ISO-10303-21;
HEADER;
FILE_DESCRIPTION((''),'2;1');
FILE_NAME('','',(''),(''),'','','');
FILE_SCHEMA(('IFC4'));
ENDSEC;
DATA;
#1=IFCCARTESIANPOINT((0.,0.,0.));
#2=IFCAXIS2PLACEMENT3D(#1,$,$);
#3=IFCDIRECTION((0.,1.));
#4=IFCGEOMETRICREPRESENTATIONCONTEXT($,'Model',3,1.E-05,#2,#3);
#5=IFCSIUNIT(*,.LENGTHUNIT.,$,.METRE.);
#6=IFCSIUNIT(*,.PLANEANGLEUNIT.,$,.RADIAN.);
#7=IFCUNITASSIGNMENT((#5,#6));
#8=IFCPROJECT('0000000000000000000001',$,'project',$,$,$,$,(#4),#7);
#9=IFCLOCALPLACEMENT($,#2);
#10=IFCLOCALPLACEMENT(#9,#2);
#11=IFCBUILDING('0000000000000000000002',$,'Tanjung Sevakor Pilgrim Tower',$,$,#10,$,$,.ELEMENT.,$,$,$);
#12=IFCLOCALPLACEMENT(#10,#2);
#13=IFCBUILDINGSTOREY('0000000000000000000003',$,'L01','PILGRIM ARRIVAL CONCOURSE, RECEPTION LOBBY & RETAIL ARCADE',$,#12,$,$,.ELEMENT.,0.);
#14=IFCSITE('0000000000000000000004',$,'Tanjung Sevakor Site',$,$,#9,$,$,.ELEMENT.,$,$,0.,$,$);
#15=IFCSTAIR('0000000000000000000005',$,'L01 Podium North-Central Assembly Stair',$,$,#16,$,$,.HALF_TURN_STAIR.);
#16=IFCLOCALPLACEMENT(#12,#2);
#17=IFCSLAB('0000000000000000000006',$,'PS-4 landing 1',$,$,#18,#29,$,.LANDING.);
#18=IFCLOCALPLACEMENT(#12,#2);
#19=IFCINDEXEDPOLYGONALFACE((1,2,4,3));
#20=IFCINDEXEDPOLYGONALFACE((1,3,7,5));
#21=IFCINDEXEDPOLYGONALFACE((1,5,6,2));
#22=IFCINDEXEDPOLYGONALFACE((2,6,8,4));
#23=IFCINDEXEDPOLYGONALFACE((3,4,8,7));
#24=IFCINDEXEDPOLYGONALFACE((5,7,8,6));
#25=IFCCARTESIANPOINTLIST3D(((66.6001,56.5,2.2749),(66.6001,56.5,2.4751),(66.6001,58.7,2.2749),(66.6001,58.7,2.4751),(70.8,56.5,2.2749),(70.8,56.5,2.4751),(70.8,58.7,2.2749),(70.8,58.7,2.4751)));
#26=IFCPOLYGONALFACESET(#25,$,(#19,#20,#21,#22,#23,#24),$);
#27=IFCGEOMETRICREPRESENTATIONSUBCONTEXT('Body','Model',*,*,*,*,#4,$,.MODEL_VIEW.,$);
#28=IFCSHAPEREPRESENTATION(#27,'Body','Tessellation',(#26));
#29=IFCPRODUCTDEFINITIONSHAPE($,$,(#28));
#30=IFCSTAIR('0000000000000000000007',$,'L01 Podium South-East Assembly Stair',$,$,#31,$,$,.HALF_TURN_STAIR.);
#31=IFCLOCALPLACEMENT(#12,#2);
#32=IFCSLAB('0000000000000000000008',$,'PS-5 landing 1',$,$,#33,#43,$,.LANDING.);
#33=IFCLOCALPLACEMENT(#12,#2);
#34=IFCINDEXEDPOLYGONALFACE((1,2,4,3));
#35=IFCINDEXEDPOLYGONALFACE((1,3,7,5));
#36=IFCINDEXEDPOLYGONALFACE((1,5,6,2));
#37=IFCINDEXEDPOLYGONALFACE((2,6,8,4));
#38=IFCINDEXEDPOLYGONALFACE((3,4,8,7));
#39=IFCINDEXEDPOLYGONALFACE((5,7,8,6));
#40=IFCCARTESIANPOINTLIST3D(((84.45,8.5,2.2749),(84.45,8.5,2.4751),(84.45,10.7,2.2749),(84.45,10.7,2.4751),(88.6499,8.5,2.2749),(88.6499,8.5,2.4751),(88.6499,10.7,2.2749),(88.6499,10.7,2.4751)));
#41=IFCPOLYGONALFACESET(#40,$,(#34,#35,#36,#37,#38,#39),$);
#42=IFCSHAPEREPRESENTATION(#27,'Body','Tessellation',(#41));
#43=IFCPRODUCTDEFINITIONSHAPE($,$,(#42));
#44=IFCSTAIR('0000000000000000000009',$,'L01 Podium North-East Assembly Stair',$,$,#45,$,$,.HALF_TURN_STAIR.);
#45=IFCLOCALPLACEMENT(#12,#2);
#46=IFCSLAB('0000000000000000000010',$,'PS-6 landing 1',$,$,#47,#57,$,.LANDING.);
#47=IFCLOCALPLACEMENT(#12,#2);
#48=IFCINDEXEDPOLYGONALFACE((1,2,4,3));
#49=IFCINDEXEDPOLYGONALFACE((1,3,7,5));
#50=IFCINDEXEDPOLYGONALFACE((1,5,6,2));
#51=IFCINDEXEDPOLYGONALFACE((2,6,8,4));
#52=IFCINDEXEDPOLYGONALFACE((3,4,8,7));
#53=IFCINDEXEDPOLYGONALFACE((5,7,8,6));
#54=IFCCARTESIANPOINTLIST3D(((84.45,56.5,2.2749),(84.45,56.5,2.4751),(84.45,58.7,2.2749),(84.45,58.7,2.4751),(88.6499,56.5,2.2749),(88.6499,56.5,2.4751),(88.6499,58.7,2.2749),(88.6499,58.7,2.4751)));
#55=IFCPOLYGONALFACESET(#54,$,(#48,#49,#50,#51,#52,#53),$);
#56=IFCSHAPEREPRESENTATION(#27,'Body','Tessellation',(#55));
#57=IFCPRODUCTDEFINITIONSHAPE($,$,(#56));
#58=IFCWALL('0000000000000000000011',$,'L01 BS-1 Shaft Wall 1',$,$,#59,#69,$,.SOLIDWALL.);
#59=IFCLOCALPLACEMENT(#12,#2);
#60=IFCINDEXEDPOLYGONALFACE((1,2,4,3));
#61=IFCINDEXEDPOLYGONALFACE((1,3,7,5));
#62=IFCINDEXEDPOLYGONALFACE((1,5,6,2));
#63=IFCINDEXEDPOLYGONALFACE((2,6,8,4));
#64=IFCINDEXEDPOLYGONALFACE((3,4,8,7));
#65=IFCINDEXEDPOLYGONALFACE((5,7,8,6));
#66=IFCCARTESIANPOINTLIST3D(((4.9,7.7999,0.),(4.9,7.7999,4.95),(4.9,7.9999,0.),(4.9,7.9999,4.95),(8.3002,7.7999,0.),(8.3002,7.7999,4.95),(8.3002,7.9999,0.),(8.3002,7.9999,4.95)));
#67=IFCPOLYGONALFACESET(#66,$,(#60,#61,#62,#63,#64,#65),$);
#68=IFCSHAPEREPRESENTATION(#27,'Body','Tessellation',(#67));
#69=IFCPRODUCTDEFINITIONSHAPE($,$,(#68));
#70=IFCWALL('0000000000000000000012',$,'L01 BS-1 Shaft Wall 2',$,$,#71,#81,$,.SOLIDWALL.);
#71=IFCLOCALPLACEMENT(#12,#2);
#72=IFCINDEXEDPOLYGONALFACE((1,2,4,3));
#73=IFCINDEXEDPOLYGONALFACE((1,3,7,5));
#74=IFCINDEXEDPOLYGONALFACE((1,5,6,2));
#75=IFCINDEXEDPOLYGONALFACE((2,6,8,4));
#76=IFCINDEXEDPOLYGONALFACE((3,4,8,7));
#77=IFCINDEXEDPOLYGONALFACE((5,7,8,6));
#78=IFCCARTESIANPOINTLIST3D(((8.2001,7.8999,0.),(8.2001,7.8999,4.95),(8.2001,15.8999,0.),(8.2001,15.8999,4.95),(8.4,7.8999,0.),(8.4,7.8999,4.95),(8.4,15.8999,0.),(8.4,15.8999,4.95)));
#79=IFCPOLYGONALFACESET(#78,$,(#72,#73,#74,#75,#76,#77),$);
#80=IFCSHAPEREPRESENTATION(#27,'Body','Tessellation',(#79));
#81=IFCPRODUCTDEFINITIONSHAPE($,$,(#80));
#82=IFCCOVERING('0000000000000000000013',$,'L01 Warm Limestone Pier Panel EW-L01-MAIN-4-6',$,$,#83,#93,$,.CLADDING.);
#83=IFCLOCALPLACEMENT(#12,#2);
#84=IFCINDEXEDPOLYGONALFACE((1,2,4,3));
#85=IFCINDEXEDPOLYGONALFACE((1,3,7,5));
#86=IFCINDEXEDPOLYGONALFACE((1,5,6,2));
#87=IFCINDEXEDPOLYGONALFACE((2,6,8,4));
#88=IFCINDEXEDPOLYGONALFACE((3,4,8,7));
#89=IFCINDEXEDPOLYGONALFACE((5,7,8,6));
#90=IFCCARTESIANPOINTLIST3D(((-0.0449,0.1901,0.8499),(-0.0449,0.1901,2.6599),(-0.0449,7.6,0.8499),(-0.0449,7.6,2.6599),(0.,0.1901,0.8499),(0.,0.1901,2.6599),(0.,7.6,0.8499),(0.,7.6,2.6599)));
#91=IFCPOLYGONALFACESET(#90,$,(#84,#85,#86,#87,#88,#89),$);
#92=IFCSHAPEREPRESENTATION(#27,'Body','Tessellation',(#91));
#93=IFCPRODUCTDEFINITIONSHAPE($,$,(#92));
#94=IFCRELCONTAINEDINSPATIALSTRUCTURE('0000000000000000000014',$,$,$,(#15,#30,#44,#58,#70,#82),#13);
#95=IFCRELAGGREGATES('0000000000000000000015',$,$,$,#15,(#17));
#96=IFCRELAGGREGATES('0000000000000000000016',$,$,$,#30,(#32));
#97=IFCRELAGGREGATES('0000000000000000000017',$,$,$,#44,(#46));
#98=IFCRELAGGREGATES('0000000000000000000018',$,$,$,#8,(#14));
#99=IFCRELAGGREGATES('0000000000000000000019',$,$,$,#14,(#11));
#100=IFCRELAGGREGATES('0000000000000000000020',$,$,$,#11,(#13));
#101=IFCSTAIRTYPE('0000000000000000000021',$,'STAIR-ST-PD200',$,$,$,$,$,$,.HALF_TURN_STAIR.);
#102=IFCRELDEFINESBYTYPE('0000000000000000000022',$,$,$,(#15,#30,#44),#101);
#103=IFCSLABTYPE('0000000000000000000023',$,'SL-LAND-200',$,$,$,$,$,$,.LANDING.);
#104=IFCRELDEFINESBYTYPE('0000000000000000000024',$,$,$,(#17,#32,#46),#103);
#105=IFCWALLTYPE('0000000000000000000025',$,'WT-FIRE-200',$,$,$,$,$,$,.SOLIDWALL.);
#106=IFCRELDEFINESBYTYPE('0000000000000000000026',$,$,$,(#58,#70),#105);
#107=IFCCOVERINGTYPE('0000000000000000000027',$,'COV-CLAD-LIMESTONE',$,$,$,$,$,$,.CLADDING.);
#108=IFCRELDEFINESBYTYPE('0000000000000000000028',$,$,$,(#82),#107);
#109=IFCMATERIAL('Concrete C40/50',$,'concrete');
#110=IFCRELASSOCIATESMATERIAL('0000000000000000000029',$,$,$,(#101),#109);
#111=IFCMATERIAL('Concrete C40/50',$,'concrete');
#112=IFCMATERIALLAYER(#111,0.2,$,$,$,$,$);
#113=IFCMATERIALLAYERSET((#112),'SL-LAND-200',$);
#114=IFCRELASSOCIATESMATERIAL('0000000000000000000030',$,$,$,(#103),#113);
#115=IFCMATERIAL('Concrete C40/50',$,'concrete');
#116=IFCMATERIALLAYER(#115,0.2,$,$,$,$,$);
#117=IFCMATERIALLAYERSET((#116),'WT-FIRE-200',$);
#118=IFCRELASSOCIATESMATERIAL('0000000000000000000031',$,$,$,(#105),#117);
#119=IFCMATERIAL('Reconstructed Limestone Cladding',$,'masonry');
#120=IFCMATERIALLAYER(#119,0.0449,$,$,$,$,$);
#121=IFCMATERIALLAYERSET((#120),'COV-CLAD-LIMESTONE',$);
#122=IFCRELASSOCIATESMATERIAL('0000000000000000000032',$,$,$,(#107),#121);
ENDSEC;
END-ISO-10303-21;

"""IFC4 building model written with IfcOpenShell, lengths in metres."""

from ifc_helpers import new_model, si_unit, direction, frame, frame_2d, origin, origin_2d, place, context, subcontext, project, spatial, polyline, rectangle, outline, extrude, material, layer, layer_set, type_object, element, aggregate, save


model = new_model("IFC4")

# Units and contexts
model_context = context("Model", 3, precision=1e-05, world=origin(), true_north=direction((0.0, 1.0)))
body_context = subcontext(model_context, "Body", "Model", "MODEL_VIEW")
ifc_project = project(units=[si_unit("LENGTHUNIT", "METRE"), si_unit("PLANEANGLEUNIT", "RADIAN")], contexts=[model_context])

# Site, building, storey
site_placement = place(None, origin())
site = spatial("IfcSite", under=ifc_project, at=site_placement, Name="Tanjung Sevakor Site", CompositionType="ELEMENT", RefElevation=0.0)
building_placement = place(site_placement, origin())
building = spatial("IfcBuilding", under=site, at=building_placement, Name="Tanjung Sevakor Pilgrim Tower", CompositionType="ELEMENT")
storey_placement = place(building_placement, origin())
storey = spatial("IfcBuildingStorey", under=building, at=storey_placement, Name="L01", Description="PILGRIM ARRIVAL CONCOURSE, RECEPTION LOBBY & RETAIL ARCADE", CompositionType="ELEMENT", Elevation=0.0)

# Stairs, slabs
ifc_material_1 = material(Name="Concrete C40/50", Category="concrete")
stair_type = type_object("IfcStairType", Name="STAIR-ST-PD200", PredefinedType="HALF_TURN_STAIR", material=ifc_material_1)
stair_1_placement = place(storey_placement, origin())
stair_1 = element("IfcStair", 1, at=stair_1_placement, inside=storey, type_object=stair_type, Name="L01 Podium North-Central Assembly Stair", PredefinedType="HALF_TURN_STAIR")
ifc_material_2 = material(Name="Concrete C40/50", Category="concrete")
ifc_layer_1 = layer(ifc_material_2, 0.2)
ifc_layer_set_1 = layer_set([ifc_layer_1], Name="SL-LAND-200")
slab_type = type_object("IfcSlabType", Name="SL-LAND-200", PredefinedType="LANDING", material=ifc_layer_set_1)
slab_1_placement = place(storey_placement, frame((0.0, 0.0, 2.2749)))
slab_1 = element("IfcSlab", 2, at=slab_1_placement, type_object=slab_type, Name="PS-4 landing 1", PredefinedType="LANDING", context=body_context, shape_type="SweptSolid", body=[
    extrude(outline(polyline([(70.8, 56.5), (70.8, 58.7), (66.6001, 58.7), (66.6001, 56.5), (70.8, 56.5)])), origin(), (0.0, 0.0, 1.0), 0.2002),
])
aggregate(stair_1, [slab_1])
stair_2_placement = place(storey_placement, origin())
stair_2 = element("IfcStair", 3, at=stair_2_placement, inside=storey, type_object=stair_type, Name="L01 Podium South-East Assembly Stair", PredefinedType="HALF_TURN_STAIR")
slab_2_placement = place(storey_placement, frame((0.0, 0.0, 2.2749)))
slab_2 = element("IfcSlab", 4, at=slab_2_placement, type_object=slab_type, Name="PS-5 landing 1", PredefinedType="LANDING", context=body_context, shape_type="SweptSolid", body=[
    extrude(outline(polyline([(84.45, 10.7), (84.45, 8.5), (88.6499, 8.5), (88.6499, 10.7), (84.45, 10.7)])), origin(), (0.0, 0.0, 1.0), 0.2002),
])
aggregate(stair_2, [slab_2])
stair_3_placement = place(storey_placement, origin())
stair_3 = element("IfcStair", 5, at=stair_3_placement, inside=storey, type_object=stair_type, Name="L01 Podium North-East Assembly Stair", PredefinedType="HALF_TURN_STAIR")
slab_3_placement = place(storey_placement, frame((0.0, 0.0, 2.2749)))
slab_3 = element("IfcSlab", 6, at=slab_3_placement, type_object=slab_type, Name="PS-6 landing 1", PredefinedType="LANDING", context=body_context, shape_type="SweptSolid", body=[
    extrude(outline(polyline([(88.6499, 56.5), (88.6499, 58.7), (84.45, 58.7), (84.45, 56.5), (88.6499, 56.5)])), origin(), (0.0, 0.0, 1.0), 0.2002),
])
aggregate(stair_3, [slab_3])

# Walls
ifc_material_3 = material(Name="Concrete C40/50", Category="concrete")
ifc_layer_2 = layer(ifc_material_3, 0.2)
ifc_layer_set_2 = layer_set([ifc_layer_2], Name="WT-FIRE-200")
wall_type_1 = type_object("IfcWallType", Name="WT-FIRE-200", PredefinedType="SOLIDWALL", material=ifc_layer_set_2)
wall_1_placement = place(storey_placement, frame((4.8999, 7.8999, 0.0), z_axis=(0.0, 0.0, 1.0), x_axis=(1.0, 0.0, 0.0)))
element("IfcWall", 7, at=wall_1_placement, inside=storey, type_object=wall_type_1, Name="L01 BS-1 Shaft Wall 1", PredefinedType="SOLIDWALL", context=body_context, shape_type="SweptSolid", body=[
    extrude(rectangle(XDim=3.4001, YDim=0.2, at=frame_2d((1.7002, 0.0))), origin(), (0.0, 0.0, 1.0), 4.95),
])
wall_2_placement = place(storey_placement, frame((8.3, 7.8999, 0.0), z_axis=(0.0, 0.0, 1.0), x_axis=(0.0, 1.0, 0.0)))
element("IfcWall", 8, at=wall_2_placement, inside=storey, type_object=wall_type_1, Name="L01 BS-1 Shaft Wall 2", PredefinedType="SOLIDWALL", context=body_context, shape_type="SweptSolid", body=[
    extrude(rectangle(XDim=8.0, YDim=0.2, at=frame_2d((4.0, 0.0))), origin(), (0.0, 0.0, 1.0), 4.95),
])

# Covering
ifc_material_4 = material(Name="Reconstructed Limestone Cladding", Category="masonry")
ifc_layer_3 = layer(ifc_material_4, 0.0449)
ifc_layer_set_3 = layer_set([ifc_layer_3], Name="COV-CLAD-LIMESTONE")
covering_type = type_object("IfcCoveringType", Name="COV-CLAD-LIMESTONE", PredefinedType="CLADDING", material=ifc_layer_set_3)
covering_placement = place(storey_placement, frame((-0.0225, 3.895, 0.8499), z_axis=(0.0, 0.0, 1.0), x_axis=(0.0, -1.0, 0.0)))
element("IfcCovering", 9, at=covering_placement, inside=storey, type_object=covering_type, Name="L01 Warm Limestone Pier Panel EW-L01-MAIN-4-6", PredefinedType="CLADDING", context=body_context, shape_type="SweptSolid", body=[
    extrude(rectangle(XDim=7.4099, YDim=0.0449, at=origin_2d()), origin(), (0.0, 0.0, 1.0), 1.8101),
])

save(model, "model.ifc")
